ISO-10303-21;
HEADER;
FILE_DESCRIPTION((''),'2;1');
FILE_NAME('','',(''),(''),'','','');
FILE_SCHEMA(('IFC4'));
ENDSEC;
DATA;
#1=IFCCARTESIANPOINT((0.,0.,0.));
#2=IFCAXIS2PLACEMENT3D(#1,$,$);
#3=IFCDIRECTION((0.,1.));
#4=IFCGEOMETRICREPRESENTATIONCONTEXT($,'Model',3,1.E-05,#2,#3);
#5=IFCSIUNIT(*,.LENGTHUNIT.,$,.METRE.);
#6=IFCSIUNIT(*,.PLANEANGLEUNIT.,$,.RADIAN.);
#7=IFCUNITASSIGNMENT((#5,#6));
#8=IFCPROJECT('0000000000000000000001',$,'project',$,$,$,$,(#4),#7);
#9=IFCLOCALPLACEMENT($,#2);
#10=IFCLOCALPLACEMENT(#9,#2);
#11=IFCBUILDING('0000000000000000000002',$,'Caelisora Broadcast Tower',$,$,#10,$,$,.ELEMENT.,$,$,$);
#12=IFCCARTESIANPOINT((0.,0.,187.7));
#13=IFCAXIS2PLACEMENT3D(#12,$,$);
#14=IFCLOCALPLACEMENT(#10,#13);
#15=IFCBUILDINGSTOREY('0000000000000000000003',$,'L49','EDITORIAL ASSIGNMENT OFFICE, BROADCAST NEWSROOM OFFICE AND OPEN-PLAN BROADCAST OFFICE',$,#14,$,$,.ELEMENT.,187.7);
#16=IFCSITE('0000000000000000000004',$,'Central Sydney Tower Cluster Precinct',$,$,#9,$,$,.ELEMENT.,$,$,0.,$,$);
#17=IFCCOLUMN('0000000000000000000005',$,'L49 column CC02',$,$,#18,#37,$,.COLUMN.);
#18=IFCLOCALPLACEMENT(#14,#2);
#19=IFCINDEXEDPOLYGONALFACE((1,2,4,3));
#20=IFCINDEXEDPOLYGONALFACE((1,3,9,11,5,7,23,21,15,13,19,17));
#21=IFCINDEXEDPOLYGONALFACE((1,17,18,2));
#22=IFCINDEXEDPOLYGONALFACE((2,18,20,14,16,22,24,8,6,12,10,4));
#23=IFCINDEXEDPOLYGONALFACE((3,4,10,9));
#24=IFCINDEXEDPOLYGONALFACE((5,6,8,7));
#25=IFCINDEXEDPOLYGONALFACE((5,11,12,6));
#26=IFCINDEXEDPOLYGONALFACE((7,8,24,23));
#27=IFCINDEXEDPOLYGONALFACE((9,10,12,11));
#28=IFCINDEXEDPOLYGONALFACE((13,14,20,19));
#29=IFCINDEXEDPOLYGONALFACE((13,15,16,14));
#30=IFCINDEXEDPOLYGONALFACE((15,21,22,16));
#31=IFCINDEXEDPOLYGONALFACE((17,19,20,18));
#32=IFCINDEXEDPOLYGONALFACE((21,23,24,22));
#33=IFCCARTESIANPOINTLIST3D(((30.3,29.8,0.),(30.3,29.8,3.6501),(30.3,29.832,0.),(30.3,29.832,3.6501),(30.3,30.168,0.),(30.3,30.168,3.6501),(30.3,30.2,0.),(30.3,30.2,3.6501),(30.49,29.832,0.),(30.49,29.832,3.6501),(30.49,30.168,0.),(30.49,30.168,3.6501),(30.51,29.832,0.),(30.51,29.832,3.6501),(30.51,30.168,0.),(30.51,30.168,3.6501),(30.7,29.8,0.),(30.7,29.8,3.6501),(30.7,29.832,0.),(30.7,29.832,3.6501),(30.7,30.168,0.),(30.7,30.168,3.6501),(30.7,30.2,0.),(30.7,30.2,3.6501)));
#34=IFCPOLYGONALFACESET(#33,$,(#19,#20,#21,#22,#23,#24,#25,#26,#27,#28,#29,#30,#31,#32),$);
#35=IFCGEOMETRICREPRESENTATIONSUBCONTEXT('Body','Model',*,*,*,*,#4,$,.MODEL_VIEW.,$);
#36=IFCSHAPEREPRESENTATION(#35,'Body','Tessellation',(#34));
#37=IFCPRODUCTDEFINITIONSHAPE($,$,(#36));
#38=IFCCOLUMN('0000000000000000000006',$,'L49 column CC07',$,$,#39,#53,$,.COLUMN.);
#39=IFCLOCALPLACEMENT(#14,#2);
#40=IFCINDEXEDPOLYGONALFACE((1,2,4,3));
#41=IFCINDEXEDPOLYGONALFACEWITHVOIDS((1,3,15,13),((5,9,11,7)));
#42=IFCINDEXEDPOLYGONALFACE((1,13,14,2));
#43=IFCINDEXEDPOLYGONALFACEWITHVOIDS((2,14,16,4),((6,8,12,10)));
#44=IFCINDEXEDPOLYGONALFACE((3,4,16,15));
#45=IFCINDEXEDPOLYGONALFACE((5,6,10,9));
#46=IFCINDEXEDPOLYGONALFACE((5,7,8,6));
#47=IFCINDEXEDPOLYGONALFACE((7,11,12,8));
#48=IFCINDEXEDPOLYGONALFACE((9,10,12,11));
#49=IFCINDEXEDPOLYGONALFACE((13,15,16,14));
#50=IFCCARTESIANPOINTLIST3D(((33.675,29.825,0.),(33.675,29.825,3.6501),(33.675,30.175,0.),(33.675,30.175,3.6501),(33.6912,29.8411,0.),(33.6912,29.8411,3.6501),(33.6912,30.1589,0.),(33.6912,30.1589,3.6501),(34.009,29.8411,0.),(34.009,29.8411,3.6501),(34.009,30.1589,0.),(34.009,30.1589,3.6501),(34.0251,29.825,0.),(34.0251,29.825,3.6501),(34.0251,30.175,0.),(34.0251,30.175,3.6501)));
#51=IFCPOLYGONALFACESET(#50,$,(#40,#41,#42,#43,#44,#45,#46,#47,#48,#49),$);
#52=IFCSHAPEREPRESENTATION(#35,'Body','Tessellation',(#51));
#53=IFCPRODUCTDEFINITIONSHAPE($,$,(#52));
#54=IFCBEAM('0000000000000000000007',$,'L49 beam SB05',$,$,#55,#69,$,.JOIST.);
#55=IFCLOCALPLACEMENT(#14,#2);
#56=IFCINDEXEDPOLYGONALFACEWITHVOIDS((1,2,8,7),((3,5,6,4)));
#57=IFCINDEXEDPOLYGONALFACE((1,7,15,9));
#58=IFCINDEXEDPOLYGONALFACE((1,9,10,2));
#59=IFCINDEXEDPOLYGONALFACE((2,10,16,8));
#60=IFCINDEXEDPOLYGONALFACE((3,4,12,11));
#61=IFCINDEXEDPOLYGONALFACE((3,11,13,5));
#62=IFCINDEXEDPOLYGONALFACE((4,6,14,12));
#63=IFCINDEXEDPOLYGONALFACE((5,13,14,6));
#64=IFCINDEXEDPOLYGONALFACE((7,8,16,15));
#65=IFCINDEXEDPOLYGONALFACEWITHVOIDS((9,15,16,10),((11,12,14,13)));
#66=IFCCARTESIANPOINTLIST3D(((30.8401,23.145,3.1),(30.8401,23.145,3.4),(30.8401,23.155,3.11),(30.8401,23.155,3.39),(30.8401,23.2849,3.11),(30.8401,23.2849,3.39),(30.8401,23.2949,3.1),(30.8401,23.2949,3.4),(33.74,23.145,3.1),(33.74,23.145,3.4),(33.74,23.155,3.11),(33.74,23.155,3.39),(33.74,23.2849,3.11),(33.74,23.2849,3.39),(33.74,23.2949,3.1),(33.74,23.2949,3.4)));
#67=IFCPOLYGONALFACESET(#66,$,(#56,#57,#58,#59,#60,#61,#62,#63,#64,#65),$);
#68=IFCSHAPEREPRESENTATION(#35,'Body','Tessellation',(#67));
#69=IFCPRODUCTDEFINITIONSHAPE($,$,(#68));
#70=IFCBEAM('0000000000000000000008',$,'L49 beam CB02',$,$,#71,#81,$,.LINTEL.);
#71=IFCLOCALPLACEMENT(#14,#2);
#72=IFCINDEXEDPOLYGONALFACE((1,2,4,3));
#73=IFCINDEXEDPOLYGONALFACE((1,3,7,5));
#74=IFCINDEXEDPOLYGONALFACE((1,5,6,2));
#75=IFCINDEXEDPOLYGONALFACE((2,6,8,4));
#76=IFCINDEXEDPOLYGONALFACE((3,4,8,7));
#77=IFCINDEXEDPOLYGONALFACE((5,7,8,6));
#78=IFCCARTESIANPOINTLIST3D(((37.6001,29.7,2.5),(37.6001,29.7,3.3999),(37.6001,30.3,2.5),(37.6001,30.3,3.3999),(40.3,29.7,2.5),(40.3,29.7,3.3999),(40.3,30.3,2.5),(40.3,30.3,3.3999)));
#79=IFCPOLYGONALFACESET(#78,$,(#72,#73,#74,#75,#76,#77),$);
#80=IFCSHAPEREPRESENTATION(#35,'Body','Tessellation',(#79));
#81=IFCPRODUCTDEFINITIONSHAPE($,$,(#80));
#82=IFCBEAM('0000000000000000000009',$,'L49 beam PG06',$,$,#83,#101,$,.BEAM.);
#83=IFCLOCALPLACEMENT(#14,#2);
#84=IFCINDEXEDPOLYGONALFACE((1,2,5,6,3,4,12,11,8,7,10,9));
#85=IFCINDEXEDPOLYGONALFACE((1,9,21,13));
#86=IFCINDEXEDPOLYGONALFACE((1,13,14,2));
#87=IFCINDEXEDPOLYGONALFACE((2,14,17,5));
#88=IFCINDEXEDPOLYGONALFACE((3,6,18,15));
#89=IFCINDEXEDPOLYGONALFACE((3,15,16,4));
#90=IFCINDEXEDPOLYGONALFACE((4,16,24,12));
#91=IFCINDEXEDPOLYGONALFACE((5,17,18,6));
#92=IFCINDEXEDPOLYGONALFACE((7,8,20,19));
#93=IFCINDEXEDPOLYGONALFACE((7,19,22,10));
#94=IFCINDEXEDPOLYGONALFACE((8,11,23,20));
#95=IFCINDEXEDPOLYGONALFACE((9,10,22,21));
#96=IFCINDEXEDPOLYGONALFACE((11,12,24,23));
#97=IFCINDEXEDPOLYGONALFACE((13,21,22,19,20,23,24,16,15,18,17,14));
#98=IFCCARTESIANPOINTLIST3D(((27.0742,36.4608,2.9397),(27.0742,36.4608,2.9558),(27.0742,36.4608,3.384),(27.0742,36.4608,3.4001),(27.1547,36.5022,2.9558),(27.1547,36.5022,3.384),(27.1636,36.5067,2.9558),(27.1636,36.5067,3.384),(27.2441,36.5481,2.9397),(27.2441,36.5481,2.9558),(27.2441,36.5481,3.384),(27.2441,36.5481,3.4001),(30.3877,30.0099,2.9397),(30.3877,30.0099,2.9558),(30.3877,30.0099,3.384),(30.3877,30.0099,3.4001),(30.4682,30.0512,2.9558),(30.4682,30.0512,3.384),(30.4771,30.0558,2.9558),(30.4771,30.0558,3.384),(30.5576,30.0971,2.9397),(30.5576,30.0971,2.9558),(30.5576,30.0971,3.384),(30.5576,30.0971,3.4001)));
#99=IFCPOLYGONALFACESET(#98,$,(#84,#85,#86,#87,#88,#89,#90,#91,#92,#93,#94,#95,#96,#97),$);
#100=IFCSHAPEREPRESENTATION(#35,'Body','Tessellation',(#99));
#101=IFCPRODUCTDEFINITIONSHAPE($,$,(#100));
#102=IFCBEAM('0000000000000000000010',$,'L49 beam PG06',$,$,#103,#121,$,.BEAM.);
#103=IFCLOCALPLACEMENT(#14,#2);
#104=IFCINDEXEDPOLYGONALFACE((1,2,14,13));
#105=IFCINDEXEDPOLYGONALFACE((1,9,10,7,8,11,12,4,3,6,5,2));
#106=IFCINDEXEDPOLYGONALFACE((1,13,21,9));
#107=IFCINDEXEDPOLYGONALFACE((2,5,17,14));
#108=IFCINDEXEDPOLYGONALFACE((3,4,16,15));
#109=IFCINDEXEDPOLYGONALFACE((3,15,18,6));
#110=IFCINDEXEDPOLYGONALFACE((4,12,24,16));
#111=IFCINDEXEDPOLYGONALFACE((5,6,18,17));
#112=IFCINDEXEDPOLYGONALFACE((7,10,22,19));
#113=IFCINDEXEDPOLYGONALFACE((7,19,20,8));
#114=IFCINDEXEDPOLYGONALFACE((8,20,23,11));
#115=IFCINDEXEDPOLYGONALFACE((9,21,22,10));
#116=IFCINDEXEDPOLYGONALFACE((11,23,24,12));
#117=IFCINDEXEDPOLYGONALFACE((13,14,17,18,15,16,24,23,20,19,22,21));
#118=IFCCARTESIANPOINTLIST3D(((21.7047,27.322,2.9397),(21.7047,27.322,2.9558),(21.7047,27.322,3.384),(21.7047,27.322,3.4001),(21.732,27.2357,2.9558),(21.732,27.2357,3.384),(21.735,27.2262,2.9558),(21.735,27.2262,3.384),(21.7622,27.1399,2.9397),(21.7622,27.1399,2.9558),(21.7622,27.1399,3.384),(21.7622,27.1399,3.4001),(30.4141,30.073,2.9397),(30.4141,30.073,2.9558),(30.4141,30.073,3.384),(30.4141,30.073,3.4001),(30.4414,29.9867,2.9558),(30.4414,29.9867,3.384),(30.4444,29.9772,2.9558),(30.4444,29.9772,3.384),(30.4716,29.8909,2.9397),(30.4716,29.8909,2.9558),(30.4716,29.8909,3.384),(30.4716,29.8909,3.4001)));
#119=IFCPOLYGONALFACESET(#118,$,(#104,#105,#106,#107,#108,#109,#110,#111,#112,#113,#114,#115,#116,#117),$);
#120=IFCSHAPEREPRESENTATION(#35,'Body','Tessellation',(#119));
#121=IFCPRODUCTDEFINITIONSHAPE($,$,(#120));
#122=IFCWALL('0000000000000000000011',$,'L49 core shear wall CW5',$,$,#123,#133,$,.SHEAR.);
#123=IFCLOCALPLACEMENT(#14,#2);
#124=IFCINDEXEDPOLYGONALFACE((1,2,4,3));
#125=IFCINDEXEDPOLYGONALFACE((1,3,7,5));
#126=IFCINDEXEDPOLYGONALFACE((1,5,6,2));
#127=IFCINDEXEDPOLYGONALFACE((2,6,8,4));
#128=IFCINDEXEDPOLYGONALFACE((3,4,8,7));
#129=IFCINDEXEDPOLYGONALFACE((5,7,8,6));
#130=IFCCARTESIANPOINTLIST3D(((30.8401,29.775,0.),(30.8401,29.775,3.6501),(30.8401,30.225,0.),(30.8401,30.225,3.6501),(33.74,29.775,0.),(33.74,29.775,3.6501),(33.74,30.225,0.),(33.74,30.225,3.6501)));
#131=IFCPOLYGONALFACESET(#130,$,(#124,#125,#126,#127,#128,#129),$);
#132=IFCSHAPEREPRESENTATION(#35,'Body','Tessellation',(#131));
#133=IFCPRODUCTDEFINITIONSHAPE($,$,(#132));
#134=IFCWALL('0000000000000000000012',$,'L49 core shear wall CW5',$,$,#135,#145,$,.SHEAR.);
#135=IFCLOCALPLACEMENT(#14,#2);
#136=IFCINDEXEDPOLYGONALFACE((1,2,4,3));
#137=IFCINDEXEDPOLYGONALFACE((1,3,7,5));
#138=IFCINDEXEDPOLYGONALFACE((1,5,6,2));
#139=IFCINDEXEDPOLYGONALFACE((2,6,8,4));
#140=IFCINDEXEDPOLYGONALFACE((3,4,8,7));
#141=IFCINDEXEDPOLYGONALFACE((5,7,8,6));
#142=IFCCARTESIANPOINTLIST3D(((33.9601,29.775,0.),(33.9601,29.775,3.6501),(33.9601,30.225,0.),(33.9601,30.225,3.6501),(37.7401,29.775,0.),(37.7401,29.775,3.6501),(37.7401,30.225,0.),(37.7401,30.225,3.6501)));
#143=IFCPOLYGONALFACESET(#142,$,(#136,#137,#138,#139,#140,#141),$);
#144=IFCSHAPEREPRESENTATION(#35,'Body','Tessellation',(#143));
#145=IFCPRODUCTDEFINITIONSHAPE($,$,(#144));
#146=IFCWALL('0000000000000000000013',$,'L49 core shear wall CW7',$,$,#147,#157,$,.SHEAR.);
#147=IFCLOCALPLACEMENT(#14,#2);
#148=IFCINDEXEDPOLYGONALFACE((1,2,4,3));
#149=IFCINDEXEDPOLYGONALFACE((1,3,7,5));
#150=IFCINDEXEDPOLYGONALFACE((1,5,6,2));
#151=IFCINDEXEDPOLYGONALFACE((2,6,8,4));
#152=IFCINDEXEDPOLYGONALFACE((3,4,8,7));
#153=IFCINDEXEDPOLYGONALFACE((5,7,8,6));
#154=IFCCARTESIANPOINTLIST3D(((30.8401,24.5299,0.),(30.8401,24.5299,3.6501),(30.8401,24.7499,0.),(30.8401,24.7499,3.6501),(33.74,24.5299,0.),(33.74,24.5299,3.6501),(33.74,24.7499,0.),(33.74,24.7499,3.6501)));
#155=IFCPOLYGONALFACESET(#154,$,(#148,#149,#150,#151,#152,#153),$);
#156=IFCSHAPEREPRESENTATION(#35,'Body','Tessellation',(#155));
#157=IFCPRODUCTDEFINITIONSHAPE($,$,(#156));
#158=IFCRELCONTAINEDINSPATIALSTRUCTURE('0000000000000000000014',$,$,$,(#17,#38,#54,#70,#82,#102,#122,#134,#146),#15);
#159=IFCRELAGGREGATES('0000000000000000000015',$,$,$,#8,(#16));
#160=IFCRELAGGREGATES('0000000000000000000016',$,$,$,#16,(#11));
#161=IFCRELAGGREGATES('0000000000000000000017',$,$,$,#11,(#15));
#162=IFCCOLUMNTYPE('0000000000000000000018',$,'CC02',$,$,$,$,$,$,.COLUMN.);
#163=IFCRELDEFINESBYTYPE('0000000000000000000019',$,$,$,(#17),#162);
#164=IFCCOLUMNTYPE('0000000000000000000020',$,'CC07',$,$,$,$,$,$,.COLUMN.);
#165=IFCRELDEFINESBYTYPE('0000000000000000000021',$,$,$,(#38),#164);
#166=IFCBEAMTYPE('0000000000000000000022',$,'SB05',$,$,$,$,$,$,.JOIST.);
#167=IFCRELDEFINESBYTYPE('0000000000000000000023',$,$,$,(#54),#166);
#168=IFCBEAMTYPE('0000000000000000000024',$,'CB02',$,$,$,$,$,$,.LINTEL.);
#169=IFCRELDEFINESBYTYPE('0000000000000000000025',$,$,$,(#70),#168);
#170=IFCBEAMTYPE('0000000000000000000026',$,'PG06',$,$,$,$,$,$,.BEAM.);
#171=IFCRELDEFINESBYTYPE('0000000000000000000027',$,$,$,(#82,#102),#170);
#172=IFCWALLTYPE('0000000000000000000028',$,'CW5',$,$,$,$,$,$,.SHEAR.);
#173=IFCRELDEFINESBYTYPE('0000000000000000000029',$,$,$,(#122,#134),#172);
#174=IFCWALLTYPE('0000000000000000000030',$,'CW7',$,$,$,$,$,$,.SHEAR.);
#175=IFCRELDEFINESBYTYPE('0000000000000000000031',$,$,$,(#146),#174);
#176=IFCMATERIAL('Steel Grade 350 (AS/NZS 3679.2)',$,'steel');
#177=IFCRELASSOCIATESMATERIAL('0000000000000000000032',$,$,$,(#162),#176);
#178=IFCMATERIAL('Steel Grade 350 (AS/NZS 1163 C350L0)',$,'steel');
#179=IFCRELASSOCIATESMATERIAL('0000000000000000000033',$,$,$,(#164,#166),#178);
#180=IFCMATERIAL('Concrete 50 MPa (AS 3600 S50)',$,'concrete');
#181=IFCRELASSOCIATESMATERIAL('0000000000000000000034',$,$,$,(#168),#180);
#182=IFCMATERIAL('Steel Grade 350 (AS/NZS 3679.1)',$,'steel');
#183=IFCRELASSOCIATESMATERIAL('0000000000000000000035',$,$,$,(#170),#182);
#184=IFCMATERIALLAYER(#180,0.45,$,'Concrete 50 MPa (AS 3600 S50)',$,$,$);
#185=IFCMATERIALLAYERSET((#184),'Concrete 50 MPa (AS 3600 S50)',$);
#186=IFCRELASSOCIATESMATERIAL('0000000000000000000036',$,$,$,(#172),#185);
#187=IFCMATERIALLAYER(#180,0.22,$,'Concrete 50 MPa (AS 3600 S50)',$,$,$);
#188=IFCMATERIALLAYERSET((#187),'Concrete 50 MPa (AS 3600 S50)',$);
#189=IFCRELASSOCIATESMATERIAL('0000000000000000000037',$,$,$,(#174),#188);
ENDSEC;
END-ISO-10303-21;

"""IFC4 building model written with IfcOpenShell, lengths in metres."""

from ifc_helpers import new_model, si_unit, direction, frame, frame_2d, origin, origin_2d, place, context, subcontext, project, spatial, rectangle, hollow_rectangle, i_section, extrude, source, transform, mapped, material, layer, layer_set, material_profile, profile_set, type_object, type_shapes, element, save


model = new_model("IFC4")

# Units and contexts
model_context = context("Model", 3, precision=1e-05, world=origin(), true_north=direction((0.0, 1.0)))
body_context = subcontext(model_context, "Body", "Model", "MODEL_VIEW")
ifc_project = project(units=[si_unit("LENGTHUNIT", "METRE"), si_unit("PLANEANGLEUNIT", "RADIAN")], contexts=[model_context])

# Site, building, storey
site_placement = place(None, origin())
site = spatial("IfcSite", under=ifc_project, at=site_placement, Name="Central Sydney Tower Cluster Precinct", CompositionType="ELEMENT", RefElevation=0.0)
building_placement = place(site_placement, origin())
building = spatial("IfcBuilding", under=site, at=building_placement, Name="Caelisora Broadcast Tower", CompositionType="ELEMENT")
storey_placement = place(building_placement, frame((0.0, 0.0, 187.7)))
storey = spatial("IfcBuildingStorey", under=building, at=storey_placement, Name="L49", Description="EDITORIAL ASSIGNMENT OFFICE, BROADCAST NEWSROOM OFFICE AND OPEN-PLAN BROADCAST OFFICE", CompositionType="ELEMENT", Elevation=187.7)

# Columns
ifc_material_1 = material(Name="Steel Grade 350 (AS/NZS 3679.2)", Category="steel")
ifc_material_profile_1 = material_profile(ifc_material_1, i_section(OverallWidth=0.3999, OverallDepth=0.3999, WebThickness=0.02, FlangeThickness=0.032, at=origin_2d()), Name="Steel Grade 350 (AS/NZS 3679.2)")
ifc_profile_set_1 = profile_set([ifc_material_profile_1], Name="Steel Grade 350 (AS/NZS 3679.2)")
column_type_1 = type_object("IfcColumnType", Name="CC02", PredefinedType="COLUMN", material=ifc_profile_set_1)
shared_shape_1 = source(origin(), body_context, "Body", "SweptSolid", [
    extrude(i_section(OverallWidth=0.3999, OverallDepth=0.3999, WebThickness=0.02, FlangeThickness=0.032, at=origin_2d()), origin(), (0.0, 0.0, 1.0), 3.6501),
])
type_shapes(column_type_1, [shared_shape_1])
column_1_placement = place(storey_placement, frame((30.5, 30.0, 0.0), z_axis=(0.0, 0.0, 1.0), x_axis=(1.0, 0.0, 0.0)))
element("IfcColumn", 1, at=column_1_placement, inside=storey, type_object=column_type_1, Name="L49 column CC02", PredefinedType="COLUMN", context=body_context, shape_type="MappedRepresentation", body=[
    mapped(shared_shape_1, transform((0.0, 0.0, 0.0), scale=1.0)),
])
ifc_material_2 = material(Name="Steel Grade 350 (AS/NZS 1163 C350L0)", Category="steel")
ifc_material_profile_2 = material_profile(ifc_material_2, hollow_rectangle(XDim=0.3501, YDim=0.3501, WallThickness=0.0161, at=origin_2d()), Name="Steel Grade 350 (AS/NZS 1163 C350L0)")
ifc_profile_set_2 = profile_set([ifc_material_profile_2], Name="Steel Grade 350 (AS/NZS 1163 C350L0)")
column_type_2 = type_object("IfcColumnType", Name="CC07", PredefinedType="COLUMN", material=ifc_profile_set_2)
shared_shape_2 = source(origin(), body_context, "Body", "SweptSolid", [
    extrude(hollow_rectangle(XDim=0.3501, YDim=0.3501, WallThickness=0.0161, at=origin_2d()), origin(), (0.0, 0.0, 1.0), 3.6501),
])
type_shapes(column_type_2, [shared_shape_2])
column_2_placement = place(storey_placement, frame((33.8501, 30.0, 0.0), z_axis=(0.0, 0.0, 1.0), x_axis=(1.0, 0.0, 0.0)))
element("IfcColumn", 2, at=column_2_placement, inside=storey, type_object=column_type_2, Name="L49 column CC07", PredefinedType="COLUMN", context=body_context, shape_type="MappedRepresentation", body=[
    mapped(shared_shape_2, transform((0.0, 0.0, 0.0), scale=1.0)),
])

# Beams
ifc_material_profile_3 = material_profile(ifc_material_2, hollow_rectangle(XDim=0.1499, YDim=0.3, WallThickness=0.01, at=origin_2d()), Name="Steel Grade 350 (AS/NZS 1163 C350L0)")
ifc_profile_set_3 = profile_set([ifc_material_profile_3], Name="Steel Grade 350 (AS/NZS 1163 C350L0)")
beam_type_1 = type_object("IfcBeamType", Name="SB05", PredefinedType="JOIST", material=ifc_profile_set_3)
shared_shape_3 = source(origin(), body_context, "Body", "SweptSolid", [
    extrude(hollow_rectangle(XDim=0.1499, YDim=0.3, WallThickness=0.01, at=origin_2d()), origin(), (0.0, 0.0, 1.0), 2.8999),
])
type_shapes(beam_type_1, [shared_shape_3])
beam_1_placement = place(storey_placement, frame((30.8401, 23.22, 3.25), z_axis=(1.0, 0.0, 0.0), x_axis=(0.0, 1.0, 0.0)))
element("IfcBeam", 3, at=beam_1_placement, inside=storey, type_object=beam_type_1, Name="L49 beam SB05", PredefinedType="JOIST", context=body_context, shape_type="MappedRepresentation", body=[
    mapped(shared_shape_3, transform((0.0, 0.0, 0.0), scale=1.0)),
])
ifc_material_3 = material(Name="Concrete 50 MPa (AS 3600 S50)", Category="concrete")
ifc_material_profile_4 = material_profile(ifc_material_3, rectangle(XDim=0.6001, YDim=0.8999, at=origin_2d()), Name="Concrete 50 MPa (AS 3600 S50)")
ifc_profile_set_4 = profile_set([ifc_material_profile_4], Name="Concrete 50 MPa (AS 3600 S50)")
beam_type_2 = type_object("IfcBeamType", Name="CB02", PredefinedType="LINTEL", material=ifc_profile_set_4)
shared_shape_4 = source(origin(), body_context, "Body", "SweptSolid", [
    extrude(rectangle(XDim=0.6001, YDim=0.8999, at=origin_2d()), origin(), (0.0, 0.0, 1.0), 2.7),
])
type_shapes(beam_type_2, [shared_shape_4])
beam_2_placement = place(storey_placement, frame((37.6001, 30.0, 2.95), z_axis=(1.0, 0.0, 0.0), x_axis=(0.0, 1.0, 0.0)))
element("IfcBeam", 4, at=beam_2_placement, inside=storey, type_object=beam_type_2, Name="L49 beam CB02", PredefinedType="LINTEL", context=body_context, shape_type="MappedRepresentation", body=[
    mapped(shared_shape_4, transform((0.0, 0.0, 0.0), scale=1.0)),
])
ifc_material_4 = material(Name="Steel Grade 350 (AS/NZS 3679.1)", Category="steel")
ifc_material_profile_5 = material_profile(ifc_material_4, i_section(OverallWidth=0.1909, OverallDepth=0.4604, WebThickness=0.01, FlangeThickness=0.0161, at=origin_2d()), Name="Steel Grade 350 (AS/NZS 3679.1)")
ifc_profile_set_5 = profile_set([ifc_material_profile_5], Name="Steel Grade 350 (AS/NZS 3679.1)")
beam_type_3 = type_object("IfcBeamType", Name="PG06", PredefinedType="BEAM", material=ifc_profile_set_5)
shared_shape_5 = source(origin(), body_context, "Body", "SweptSolid", [
    extrude(i_section(OverallWidth=0.1909, OverallDepth=0.4604, WebThickness=0.01, FlangeThickness=0.0161, at=origin_2d()), origin(), (0.0, 0.0, 1.0), 7.2522),
])
beam_3_placement = place(storey_placement, frame((30.4727, 30.0535, 3.1699), z_axis=(-0.456896, 0.88952, 0.0), x_axis=(-0.88952, -0.456896, 0.0)))
element("IfcBeam", 5, at=beam_3_placement, inside=storey, type_object=beam_type_3, Name="L49 beam PG06", PredefinedType="BEAM", context=body_context, shape_type="MappedRepresentation", body=[
    mapped(shared_shape_5, transform((0.0, 0.0, 0.0), scale=1.0)),
])
shared_shape_6 = source(origin(), body_context, "Body", "SweptSolid", [
    extrude(i_section(OverallWidth=0.1909, OverallDepth=0.4604, WebThickness=0.01, FlangeThickness=0.0161, at=origin_2d()), origin(), (0.0, 0.0, 1.0), 9.1335),
])
type_shapes(beam_type_3, [shared_shape_5, shared_shape_6])
beam_4_placement = place(storey_placement, frame((30.4429, 29.9819, 3.1699), z_axis=(-0.953563, -0.301193, 0.0), x_axis=(0.301193, -0.953563, 0.0)))
element("IfcBeam", 6, at=beam_4_placement, inside=storey, type_object=beam_type_3, Name="L49 beam PG06", PredefinedType="BEAM", context=body_context, shape_type="MappedRepresentation", body=[
    mapped(shared_shape_6, transform((0.0, 0.0, 0.0), scale=1.0)),
])

# Walls
ifc_layer_1 = layer(ifc_material_3, 0.45, Name="Concrete 50 MPa (AS 3600 S50)")
ifc_layer_set_1 = layer_set([ifc_layer_1], Name="Concrete 50 MPa (AS 3600 S50)")
wall_type_1 = type_object("IfcWallType", Name="CW5", PredefinedType="SHEAR", material=ifc_layer_set_1)
wall_1_placement = place(storey_placement, frame((30.8401, 30.0, 0.0), z_axis=(0.0, 0.0, 1.0), x_axis=(1.0, 0.0, 0.0)))
element("IfcWall", 7, at=wall_1_placement, inside=storey, type_object=wall_type_1, Name="L49 core shear wall CW5", PredefinedType="SHEAR", context=body_context, shape_type="SweptSolid", body=[
    extrude(rectangle(XDim=2.8999, YDim=0.45, at=frame_2d((1.45, 0.0))), origin(), (0.0, 0.0, 1.0), 3.6501),
])
wall_2_placement = place(storey_placement, frame((33.96, 30.0, 0.0), z_axis=(0.0, 0.0, 1.0), x_axis=(1.0, 0.0, 0.0)))
element("IfcWall", 8, at=wall_2_placement, inside=storey, type_object=wall_type_1, Name="L49 core shear wall CW5", PredefinedType="SHEAR", context=body_context, shape_type="SweptSolid", body=[
    extrude(rectangle(XDim=3.78, YDim=0.45, at=frame_2d((1.8901, 0.0))), origin(), (0.0, 0.0, 1.0), 3.6501),
])
ifc_layer_2 = layer(ifc_material_3, 0.22, Name="Concrete 50 MPa (AS 3600 S50)")
ifc_layer_set_2 = layer_set([ifc_layer_2], Name="Concrete 50 MPa (AS 3600 S50)")
wall_type_2 = type_object("IfcWallType", Name="CW7", PredefinedType="SHEAR", material=ifc_layer_set_2)
wall_3_placement = place(storey_placement, frame((30.8401, 24.6399, 0.0), z_axis=(0.0, 0.0, 1.0), x_axis=(1.0, 0.0, 0.0)))
element("IfcWall", 9, at=wall_3_placement, inside=storey, type_object=wall_type_2, Name="L49 core shear wall CW7", PredefinedType="SHEAR", context=body_context, shape_type="SweptSolid", body=[
    extrude(rectangle(XDim=2.8999, YDim=0.22, at=frame_2d((1.45, 0.0))), origin(), (0.0, 0.0, 1.0), 3.6501),
])

save(model, "model.ifc")
